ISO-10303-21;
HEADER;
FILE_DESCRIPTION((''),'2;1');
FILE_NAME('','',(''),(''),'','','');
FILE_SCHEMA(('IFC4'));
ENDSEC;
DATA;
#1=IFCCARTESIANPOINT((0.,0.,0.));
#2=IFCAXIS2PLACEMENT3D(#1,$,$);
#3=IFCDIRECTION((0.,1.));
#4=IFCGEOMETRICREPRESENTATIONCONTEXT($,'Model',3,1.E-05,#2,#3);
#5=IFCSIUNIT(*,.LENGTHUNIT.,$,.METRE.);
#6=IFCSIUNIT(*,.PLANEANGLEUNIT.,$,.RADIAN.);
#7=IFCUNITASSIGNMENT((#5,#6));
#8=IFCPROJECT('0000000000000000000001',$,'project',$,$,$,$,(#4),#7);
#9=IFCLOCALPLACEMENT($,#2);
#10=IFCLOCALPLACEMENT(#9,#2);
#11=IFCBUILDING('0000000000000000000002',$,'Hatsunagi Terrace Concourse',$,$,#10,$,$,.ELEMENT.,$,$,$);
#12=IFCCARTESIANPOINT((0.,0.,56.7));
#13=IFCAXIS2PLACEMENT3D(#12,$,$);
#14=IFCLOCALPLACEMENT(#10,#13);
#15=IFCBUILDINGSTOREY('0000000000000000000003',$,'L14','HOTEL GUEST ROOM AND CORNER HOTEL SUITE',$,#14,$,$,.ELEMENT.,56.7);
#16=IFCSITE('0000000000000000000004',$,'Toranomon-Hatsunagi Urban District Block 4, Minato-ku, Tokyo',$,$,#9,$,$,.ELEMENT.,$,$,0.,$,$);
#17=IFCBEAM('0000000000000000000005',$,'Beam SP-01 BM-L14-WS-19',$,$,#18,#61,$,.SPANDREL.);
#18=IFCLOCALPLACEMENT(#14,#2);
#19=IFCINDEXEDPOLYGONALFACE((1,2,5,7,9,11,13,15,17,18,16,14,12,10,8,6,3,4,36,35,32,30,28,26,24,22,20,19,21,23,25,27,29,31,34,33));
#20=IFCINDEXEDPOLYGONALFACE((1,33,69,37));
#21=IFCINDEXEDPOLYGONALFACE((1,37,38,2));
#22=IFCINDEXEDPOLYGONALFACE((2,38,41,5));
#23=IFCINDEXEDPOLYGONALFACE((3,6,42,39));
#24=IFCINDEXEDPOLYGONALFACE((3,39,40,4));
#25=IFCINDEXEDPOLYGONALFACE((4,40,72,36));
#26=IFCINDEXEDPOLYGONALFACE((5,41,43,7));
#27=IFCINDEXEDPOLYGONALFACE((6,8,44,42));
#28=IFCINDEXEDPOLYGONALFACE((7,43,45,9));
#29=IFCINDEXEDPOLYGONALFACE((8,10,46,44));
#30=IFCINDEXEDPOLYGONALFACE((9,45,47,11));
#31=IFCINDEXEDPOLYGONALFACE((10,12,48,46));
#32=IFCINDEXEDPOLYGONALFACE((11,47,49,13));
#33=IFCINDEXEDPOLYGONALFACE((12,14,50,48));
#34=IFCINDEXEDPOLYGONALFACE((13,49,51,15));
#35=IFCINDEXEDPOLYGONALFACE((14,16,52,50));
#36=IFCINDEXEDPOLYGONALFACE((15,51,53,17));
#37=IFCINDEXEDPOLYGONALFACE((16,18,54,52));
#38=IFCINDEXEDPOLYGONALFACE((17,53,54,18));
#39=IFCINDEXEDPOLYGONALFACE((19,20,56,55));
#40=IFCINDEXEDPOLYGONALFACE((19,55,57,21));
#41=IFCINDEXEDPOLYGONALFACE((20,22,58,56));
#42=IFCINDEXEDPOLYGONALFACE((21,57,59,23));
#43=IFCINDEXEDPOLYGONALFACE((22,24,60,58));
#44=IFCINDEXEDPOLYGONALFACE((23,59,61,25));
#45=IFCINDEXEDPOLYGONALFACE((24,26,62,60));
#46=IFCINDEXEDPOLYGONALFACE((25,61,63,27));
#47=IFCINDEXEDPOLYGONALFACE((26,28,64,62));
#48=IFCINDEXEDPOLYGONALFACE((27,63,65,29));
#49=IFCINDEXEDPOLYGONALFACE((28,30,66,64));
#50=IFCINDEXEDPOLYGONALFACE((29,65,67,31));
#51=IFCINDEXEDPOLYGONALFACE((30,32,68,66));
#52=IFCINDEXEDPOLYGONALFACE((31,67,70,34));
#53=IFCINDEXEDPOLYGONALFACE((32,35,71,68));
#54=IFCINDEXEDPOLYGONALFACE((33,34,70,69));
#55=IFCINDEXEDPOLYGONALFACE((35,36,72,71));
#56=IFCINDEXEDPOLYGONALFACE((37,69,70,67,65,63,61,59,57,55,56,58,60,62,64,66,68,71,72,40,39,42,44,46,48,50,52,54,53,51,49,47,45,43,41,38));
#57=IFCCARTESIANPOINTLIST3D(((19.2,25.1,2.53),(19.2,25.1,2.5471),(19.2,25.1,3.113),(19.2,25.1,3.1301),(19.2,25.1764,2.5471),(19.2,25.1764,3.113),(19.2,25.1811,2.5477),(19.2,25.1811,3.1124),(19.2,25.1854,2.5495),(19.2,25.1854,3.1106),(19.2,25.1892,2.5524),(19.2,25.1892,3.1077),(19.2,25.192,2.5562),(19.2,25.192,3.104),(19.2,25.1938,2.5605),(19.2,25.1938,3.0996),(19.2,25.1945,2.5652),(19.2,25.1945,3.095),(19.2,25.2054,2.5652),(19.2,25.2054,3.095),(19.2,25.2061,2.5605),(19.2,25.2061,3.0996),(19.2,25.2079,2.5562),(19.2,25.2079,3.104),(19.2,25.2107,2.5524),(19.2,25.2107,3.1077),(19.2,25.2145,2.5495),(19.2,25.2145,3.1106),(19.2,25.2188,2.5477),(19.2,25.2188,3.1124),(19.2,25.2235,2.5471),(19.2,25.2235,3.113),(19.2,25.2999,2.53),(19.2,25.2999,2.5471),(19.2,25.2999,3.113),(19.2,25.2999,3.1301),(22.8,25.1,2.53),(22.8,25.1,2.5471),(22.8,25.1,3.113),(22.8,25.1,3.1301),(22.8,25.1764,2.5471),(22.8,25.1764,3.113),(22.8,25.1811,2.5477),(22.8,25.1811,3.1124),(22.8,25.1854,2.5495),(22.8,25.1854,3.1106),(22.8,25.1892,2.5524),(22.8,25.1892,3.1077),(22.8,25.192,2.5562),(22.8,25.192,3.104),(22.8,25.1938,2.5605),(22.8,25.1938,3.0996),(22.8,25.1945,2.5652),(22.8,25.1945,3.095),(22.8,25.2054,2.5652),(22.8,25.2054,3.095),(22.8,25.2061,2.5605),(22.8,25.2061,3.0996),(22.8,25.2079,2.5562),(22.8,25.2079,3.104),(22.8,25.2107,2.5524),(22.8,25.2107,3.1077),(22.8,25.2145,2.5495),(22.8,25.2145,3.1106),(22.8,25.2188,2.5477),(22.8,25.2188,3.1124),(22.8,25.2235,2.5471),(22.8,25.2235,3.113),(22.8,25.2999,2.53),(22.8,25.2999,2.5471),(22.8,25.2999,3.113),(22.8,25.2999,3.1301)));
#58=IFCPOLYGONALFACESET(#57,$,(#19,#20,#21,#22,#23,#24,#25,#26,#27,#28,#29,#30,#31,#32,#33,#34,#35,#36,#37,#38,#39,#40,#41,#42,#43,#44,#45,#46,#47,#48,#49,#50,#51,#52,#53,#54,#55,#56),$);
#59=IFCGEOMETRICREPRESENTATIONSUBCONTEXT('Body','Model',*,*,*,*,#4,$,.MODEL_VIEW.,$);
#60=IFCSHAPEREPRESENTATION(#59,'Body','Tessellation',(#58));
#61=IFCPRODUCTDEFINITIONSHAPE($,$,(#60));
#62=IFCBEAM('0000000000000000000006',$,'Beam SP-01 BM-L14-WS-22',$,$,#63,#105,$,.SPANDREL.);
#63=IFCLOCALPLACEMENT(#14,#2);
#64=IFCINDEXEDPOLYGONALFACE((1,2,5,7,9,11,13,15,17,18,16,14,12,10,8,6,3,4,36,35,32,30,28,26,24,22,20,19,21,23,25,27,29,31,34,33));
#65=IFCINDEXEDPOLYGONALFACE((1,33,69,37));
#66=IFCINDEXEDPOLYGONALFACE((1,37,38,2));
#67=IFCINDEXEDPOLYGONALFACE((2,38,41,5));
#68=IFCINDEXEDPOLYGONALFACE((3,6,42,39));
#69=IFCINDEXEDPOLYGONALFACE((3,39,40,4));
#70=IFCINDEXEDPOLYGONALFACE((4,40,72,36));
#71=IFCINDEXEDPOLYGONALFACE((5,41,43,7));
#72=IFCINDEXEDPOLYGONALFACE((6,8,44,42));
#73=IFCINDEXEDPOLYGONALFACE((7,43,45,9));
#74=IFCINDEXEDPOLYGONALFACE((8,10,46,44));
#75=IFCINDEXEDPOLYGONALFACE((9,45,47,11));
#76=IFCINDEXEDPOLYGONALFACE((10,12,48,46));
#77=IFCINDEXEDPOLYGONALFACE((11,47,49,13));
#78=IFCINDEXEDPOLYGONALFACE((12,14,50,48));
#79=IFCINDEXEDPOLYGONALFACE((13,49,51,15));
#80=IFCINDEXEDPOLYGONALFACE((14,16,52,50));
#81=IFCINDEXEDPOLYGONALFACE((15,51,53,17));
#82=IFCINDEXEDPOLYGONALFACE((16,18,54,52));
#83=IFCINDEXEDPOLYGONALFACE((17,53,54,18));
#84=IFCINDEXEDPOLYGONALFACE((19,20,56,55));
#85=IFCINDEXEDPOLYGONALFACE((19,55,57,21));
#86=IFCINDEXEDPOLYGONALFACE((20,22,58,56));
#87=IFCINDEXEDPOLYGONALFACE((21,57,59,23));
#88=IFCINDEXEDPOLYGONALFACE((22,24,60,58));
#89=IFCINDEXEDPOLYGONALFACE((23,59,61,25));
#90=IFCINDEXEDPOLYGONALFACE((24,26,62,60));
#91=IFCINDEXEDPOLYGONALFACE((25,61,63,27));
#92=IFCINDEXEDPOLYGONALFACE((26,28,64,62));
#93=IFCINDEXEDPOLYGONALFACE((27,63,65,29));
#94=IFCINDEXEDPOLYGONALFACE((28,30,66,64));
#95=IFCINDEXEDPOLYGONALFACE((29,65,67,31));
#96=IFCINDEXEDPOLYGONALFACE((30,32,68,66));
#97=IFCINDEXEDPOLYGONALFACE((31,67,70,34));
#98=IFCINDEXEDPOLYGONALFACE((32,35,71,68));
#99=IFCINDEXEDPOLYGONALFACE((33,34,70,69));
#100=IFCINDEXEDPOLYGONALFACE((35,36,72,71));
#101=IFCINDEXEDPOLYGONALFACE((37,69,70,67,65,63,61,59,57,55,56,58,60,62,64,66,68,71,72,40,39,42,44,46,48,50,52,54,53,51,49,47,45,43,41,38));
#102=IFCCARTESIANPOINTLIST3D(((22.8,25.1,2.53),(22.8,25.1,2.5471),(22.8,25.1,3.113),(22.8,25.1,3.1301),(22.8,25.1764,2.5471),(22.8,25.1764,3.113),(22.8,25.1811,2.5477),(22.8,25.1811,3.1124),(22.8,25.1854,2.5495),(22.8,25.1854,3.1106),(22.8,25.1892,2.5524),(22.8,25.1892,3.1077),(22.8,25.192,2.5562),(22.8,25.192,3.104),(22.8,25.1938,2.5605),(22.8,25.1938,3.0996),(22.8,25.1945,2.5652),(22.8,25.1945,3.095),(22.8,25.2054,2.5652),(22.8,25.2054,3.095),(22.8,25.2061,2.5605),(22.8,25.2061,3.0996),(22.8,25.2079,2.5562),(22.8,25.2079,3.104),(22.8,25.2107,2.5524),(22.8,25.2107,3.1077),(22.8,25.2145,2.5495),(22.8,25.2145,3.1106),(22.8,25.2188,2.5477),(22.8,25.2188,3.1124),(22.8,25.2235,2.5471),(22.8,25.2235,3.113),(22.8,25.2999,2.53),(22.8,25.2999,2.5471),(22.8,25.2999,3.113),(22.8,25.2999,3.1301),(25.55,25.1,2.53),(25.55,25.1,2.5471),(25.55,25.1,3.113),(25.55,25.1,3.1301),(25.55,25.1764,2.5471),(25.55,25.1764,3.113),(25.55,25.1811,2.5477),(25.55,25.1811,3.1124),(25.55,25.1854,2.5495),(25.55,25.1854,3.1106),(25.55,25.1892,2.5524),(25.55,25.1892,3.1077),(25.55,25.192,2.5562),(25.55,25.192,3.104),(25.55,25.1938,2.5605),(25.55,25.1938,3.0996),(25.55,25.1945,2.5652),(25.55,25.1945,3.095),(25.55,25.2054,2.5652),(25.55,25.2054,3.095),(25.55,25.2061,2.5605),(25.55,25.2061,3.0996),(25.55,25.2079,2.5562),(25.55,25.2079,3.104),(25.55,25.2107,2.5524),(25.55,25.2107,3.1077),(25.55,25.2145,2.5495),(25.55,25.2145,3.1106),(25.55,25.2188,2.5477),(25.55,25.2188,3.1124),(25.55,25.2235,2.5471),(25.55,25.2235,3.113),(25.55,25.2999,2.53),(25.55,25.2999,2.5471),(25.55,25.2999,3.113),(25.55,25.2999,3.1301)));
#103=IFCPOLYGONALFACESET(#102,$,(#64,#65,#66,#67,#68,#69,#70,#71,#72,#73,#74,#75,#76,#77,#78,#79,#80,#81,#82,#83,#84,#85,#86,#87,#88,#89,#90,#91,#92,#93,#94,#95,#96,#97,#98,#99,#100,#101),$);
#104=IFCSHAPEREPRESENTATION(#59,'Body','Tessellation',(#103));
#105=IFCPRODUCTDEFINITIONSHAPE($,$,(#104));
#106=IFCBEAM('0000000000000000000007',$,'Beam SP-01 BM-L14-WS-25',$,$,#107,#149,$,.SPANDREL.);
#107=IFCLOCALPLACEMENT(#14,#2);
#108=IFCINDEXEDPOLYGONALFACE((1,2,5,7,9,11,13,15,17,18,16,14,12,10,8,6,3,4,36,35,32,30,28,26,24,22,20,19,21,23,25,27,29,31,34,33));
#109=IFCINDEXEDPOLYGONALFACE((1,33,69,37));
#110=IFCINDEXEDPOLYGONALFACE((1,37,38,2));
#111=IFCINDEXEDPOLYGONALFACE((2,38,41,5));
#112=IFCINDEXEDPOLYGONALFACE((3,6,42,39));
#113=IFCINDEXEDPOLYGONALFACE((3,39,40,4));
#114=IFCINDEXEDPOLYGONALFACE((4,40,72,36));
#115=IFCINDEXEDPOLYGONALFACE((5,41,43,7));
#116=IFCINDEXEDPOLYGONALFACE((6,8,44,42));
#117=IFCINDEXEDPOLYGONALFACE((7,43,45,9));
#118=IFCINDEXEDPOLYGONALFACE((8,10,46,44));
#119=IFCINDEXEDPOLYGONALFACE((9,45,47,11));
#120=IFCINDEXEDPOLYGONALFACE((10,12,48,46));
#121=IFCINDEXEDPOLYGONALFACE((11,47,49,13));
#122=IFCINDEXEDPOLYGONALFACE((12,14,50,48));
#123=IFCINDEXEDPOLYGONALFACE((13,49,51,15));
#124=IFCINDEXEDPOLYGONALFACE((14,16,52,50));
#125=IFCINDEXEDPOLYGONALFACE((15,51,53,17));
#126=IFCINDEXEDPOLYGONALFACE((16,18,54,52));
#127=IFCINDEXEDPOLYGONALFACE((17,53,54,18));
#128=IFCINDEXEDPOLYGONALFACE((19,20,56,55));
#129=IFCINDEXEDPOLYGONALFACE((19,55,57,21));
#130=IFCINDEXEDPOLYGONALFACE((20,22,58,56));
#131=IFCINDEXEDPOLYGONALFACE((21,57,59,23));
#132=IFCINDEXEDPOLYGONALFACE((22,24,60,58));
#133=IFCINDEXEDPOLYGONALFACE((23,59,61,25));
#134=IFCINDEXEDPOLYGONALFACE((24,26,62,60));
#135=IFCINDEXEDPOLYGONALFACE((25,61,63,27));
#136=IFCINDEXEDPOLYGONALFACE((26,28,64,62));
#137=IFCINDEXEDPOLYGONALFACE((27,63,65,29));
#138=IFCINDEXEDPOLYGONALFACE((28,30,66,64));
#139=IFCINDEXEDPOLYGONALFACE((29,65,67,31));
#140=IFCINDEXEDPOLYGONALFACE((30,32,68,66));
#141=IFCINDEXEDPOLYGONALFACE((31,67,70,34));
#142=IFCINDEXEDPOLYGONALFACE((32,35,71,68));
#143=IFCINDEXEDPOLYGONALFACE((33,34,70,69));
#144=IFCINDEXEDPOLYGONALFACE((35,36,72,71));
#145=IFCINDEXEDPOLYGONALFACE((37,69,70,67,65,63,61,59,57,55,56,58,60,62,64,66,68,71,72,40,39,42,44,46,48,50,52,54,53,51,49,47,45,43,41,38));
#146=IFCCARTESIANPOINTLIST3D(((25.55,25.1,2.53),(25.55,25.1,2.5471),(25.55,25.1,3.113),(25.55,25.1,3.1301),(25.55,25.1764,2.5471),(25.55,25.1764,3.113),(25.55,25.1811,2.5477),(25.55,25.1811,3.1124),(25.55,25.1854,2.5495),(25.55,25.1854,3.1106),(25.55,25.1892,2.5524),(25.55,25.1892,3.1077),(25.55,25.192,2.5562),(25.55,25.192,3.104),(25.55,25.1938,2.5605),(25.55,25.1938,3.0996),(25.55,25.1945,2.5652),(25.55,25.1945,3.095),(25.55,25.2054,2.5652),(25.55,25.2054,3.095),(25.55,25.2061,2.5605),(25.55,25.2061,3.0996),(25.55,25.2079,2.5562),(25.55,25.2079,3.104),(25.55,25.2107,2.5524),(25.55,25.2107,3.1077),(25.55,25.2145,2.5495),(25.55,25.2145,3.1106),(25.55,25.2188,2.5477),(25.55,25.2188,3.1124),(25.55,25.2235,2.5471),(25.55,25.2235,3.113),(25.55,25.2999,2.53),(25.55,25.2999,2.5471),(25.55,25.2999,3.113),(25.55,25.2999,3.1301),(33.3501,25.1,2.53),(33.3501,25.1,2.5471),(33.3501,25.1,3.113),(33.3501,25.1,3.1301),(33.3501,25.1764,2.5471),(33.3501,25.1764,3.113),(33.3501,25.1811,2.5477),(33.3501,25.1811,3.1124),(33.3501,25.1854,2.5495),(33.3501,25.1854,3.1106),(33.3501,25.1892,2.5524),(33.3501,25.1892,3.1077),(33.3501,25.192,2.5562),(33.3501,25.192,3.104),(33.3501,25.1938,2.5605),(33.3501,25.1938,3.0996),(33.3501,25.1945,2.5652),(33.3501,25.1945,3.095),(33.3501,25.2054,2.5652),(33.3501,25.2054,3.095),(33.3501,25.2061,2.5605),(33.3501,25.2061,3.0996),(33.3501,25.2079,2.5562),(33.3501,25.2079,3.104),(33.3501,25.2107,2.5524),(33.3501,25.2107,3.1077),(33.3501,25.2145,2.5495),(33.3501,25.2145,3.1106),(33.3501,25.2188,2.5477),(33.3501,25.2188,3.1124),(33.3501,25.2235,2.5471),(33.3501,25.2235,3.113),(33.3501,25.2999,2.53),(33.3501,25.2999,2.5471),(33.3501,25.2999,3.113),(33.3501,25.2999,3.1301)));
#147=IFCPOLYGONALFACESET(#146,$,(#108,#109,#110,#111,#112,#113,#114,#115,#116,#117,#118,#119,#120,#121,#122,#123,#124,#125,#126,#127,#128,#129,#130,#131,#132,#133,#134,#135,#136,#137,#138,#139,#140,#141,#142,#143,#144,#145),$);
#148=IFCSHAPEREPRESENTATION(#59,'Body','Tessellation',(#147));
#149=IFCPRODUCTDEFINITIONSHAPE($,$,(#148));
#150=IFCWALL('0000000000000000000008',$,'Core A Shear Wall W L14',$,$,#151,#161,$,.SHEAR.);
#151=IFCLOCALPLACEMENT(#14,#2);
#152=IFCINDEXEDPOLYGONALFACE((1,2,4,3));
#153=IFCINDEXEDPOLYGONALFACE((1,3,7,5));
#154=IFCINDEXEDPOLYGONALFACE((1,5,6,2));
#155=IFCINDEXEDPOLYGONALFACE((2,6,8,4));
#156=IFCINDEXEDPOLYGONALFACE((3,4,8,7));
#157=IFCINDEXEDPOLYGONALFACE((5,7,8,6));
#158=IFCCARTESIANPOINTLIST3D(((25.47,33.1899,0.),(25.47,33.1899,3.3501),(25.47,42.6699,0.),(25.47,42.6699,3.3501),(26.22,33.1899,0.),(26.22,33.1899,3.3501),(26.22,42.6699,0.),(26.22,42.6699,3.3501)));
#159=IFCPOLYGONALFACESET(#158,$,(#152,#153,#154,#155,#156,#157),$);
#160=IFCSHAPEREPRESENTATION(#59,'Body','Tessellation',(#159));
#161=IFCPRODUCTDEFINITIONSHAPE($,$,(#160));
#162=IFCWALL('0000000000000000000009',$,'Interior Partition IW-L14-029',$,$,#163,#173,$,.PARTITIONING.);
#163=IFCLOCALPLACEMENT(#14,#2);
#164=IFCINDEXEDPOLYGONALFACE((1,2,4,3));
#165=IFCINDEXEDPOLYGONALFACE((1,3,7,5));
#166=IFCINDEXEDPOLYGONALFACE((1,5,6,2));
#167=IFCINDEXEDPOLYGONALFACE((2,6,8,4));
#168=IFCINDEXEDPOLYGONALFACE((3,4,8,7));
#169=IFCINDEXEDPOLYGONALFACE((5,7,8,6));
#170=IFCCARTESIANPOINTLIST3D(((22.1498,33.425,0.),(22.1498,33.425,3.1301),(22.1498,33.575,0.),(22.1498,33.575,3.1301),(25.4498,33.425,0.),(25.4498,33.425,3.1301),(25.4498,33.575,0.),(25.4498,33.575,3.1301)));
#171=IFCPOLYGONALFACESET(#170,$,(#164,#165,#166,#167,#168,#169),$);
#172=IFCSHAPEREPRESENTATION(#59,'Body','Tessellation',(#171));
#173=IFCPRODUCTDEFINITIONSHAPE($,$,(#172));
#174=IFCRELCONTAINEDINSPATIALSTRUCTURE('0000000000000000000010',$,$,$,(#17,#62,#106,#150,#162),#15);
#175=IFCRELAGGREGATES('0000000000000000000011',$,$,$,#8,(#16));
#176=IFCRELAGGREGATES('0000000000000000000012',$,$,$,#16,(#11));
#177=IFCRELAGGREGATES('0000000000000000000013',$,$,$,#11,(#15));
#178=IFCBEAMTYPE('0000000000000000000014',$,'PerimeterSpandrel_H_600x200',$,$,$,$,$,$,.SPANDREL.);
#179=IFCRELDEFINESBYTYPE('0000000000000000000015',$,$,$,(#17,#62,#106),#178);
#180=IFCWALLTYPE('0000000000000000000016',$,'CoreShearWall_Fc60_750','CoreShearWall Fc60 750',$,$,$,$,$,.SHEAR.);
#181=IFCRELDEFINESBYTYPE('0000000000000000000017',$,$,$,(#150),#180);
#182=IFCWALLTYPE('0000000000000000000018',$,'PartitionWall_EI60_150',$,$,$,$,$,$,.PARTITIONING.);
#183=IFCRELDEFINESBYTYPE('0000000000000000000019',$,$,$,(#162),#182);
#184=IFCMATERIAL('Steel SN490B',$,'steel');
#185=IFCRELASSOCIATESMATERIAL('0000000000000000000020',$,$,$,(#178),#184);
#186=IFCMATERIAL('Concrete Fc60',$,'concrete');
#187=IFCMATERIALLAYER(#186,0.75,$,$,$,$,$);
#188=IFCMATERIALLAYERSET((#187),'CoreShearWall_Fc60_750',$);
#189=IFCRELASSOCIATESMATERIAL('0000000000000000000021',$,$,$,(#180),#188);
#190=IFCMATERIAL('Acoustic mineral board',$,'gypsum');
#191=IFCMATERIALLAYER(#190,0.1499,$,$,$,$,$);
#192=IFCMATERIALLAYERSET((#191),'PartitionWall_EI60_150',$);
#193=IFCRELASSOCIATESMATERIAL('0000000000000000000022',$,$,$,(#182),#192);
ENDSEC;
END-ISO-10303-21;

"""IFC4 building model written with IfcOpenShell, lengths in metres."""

from ifc_helpers import new_model, si_unit, direction, frame, frame_2d, origin, origin_2d, place, context, subcontext, project, spatial, rectangle, i_section, extrude, material, layer, layer_set, material_profile, profile_set, type_object, element, save


model = new_model("IFC4")

# Units and contexts
model_context = context("Model", 3, precision=1e-05, world=origin(), true_north=direction((0.0, 1.0)))
body_context = subcontext(model_context, "Body", "Model", "MODEL_VIEW")
ifc_project = project(units=[si_unit("LENGTHUNIT", "METRE"), si_unit("PLANEANGLEUNIT", "RADIAN")], contexts=[model_context])

# Site, building, storey
site_placement = place(None, origin())
site = spatial("IfcSite", under=ifc_project, at=site_placement, Name="Toranomon-Hatsunagi Urban District Block 4, Minato-ku, Tokyo", CompositionType="ELEMENT", RefElevation=0.0)
building_placement = place(site_placement, origin())
building = spatial("IfcBuilding", under=site, at=building_placement, Name="Hatsunagi Terrace Concourse", CompositionType="ELEMENT")
storey_placement = place(building_placement, frame((0.0, 0.0, 56.7)))
storey = spatial("IfcBuildingStorey", under=building, at=storey_placement, Name="L14", Description="HOTEL GUEST ROOM AND CORNER HOTEL SUITE", CompositionType="ELEMENT", Elevation=56.7)

# Beams
ifc_material_1 = material(Name="Steel SN490B", Category="steel")
ifc_material_profile_1 = material_profile(ifc_material_1, i_section(OverallWidth=0.2, OverallDepth=0.6001, WebThickness=0.011, FlangeThickness=0.0171, FilletRadius=0.0181, at=origin_2d()), Name="H-600x200x11x17")
ifc_profile_set_1 = profile_set([ifc_material_profile_1], Name="Steel SN490B")
beam_type_1 = type_object("IfcBeamType", Name="PerimeterSpandrel_H_600x200", PredefinedType="SPANDREL", material=ifc_profile_set_1)
beam_1_placement = place(storey_placement, frame((19.2, 25.2, 2.8301), z_axis=(1.0, 0.0, 0.0), x_axis=(0.0, 1.0, 0.0)))
element("IfcBeam", 1, at=beam_1_placement, inside=storey, type_object=beam_type_1, Name="Beam SP-01 BM-L14-WS-19", PredefinedType="SPANDREL", context=body_context, shape_type="SweptSolid", body=[
    extrude(i_section(OverallWidth=0.2, OverallDepth=0.6001, WebThickness=0.011, FlangeThickness=0.0171, FilletRadius=0.0181, at=origin_2d()), origin(), (0.0, 0.0, 1.0), 3.6001),
])
beam_2_placement = place(storey_placement, frame((22.8, 25.2, 2.8301), z_axis=(1.0, 0.0, 0.0), x_axis=(0.0, 1.0, 0.0)))
element("IfcBeam", 2, at=beam_2_placement, inside=storey, type_object=beam_type_1, Name="Beam SP-01 BM-L14-WS-22", PredefinedType="SPANDREL", context=body_context, shape_type="SweptSolid", body=[
    extrude(i_section(OverallWidth=0.2, OverallDepth=0.6001, WebThickness=0.011, FlangeThickness=0.0171, FilletRadius=0.0181, at=origin_2d()), origin(), (0.0, 0.0, 1.0), 2.75),
])
beam_3_placement = place(storey_placement, frame((25.55, 25.2, 2.8301), z_axis=(1.0, 0.0, 0.0), x_axis=(0.0, 1.0, 0.0)))
element("IfcBeam", 3, at=beam_3_placement, inside=storey, type_object=beam_type_1, Name="Beam SP-01 BM-L14-WS-25", PredefinedType="SPANDREL", context=body_context, shape_type="SweptSolid", body=[
    extrude(i_section(OverallWidth=0.2, OverallDepth=0.6001, WebThickness=0.011, FlangeThickness=0.0171, FilletRadius=0.0181, at=origin_2d()), origin(), (0.0, 0.0, 1.0), 7.8),
])

# Shared definitions
ifc_material_2 = material(Name="Concrete Fc60", Category="concrete")
ifc_layer_1 = layer(ifc_material_2, 0.75)
ifc_layer_set_1 = layer_set([ifc_layer_1], Name="CoreShearWall_Fc60_750")
wall_type_1 = type_object("IfcWallType", Name="CoreShearWall_Fc60_750", Description="CoreShearWall Fc60 750", PredefinedType="SHEAR", material=ifc_layer_set_1)

# Walls
wall_1_placement = place(storey_placement, frame((25.845, 33.1899, 0.0), z_axis=(0.0, 0.0, 1.0), x_axis=(0.0, 1.0, 0.0)))
element("IfcWall", 4, at=wall_1_placement, inside=storey, type_object=wall_type_1, Name="Core A Shear Wall W L14", PredefinedType="SHEAR", context=body_context, shape_type="SweptSolid", body=[
    extrude(rectangle(XDim=9.48, YDim=0.75, at=frame_2d((4.74, 0.0))), origin(), (0.0, 0.0, 1.0), 3.3501),
])
ifc_material_3 = material(Name="Acoustic mineral board", Category="gypsum")
ifc_layer_2 = layer(ifc_material_3, 0.1499)
ifc_layer_set_2 = layer_set([ifc_layer_2], Name="PartitionWall_EI60_150")
wall_type_2 = type_object("IfcWallType", Name="PartitionWall_EI60_150", PredefinedType="PARTITIONING", material=ifc_layer_set_2)
wall_2_placement = place(storey_placement, frame((22.1499, 33.5, 0.0), z_axis=(0.0, 0.0, 1.0), x_axis=(1.0, 0.0, 0.0)))
element("IfcWall", 5, at=wall_2_placement, inside=storey, type_object=wall_type_2, Name="Interior Partition IW-L14-029", PredefinedType="PARTITIONING", context=body_context, shape_type="SweptSolid", body=[
    extrude(rectangle(XDim=3.3, YDim=0.1499, at=frame_2d((1.6499, 0.0))), origin(), (0.0, 0.0, 1.0), 3.1301),
])

save(model, "model.ifc")
